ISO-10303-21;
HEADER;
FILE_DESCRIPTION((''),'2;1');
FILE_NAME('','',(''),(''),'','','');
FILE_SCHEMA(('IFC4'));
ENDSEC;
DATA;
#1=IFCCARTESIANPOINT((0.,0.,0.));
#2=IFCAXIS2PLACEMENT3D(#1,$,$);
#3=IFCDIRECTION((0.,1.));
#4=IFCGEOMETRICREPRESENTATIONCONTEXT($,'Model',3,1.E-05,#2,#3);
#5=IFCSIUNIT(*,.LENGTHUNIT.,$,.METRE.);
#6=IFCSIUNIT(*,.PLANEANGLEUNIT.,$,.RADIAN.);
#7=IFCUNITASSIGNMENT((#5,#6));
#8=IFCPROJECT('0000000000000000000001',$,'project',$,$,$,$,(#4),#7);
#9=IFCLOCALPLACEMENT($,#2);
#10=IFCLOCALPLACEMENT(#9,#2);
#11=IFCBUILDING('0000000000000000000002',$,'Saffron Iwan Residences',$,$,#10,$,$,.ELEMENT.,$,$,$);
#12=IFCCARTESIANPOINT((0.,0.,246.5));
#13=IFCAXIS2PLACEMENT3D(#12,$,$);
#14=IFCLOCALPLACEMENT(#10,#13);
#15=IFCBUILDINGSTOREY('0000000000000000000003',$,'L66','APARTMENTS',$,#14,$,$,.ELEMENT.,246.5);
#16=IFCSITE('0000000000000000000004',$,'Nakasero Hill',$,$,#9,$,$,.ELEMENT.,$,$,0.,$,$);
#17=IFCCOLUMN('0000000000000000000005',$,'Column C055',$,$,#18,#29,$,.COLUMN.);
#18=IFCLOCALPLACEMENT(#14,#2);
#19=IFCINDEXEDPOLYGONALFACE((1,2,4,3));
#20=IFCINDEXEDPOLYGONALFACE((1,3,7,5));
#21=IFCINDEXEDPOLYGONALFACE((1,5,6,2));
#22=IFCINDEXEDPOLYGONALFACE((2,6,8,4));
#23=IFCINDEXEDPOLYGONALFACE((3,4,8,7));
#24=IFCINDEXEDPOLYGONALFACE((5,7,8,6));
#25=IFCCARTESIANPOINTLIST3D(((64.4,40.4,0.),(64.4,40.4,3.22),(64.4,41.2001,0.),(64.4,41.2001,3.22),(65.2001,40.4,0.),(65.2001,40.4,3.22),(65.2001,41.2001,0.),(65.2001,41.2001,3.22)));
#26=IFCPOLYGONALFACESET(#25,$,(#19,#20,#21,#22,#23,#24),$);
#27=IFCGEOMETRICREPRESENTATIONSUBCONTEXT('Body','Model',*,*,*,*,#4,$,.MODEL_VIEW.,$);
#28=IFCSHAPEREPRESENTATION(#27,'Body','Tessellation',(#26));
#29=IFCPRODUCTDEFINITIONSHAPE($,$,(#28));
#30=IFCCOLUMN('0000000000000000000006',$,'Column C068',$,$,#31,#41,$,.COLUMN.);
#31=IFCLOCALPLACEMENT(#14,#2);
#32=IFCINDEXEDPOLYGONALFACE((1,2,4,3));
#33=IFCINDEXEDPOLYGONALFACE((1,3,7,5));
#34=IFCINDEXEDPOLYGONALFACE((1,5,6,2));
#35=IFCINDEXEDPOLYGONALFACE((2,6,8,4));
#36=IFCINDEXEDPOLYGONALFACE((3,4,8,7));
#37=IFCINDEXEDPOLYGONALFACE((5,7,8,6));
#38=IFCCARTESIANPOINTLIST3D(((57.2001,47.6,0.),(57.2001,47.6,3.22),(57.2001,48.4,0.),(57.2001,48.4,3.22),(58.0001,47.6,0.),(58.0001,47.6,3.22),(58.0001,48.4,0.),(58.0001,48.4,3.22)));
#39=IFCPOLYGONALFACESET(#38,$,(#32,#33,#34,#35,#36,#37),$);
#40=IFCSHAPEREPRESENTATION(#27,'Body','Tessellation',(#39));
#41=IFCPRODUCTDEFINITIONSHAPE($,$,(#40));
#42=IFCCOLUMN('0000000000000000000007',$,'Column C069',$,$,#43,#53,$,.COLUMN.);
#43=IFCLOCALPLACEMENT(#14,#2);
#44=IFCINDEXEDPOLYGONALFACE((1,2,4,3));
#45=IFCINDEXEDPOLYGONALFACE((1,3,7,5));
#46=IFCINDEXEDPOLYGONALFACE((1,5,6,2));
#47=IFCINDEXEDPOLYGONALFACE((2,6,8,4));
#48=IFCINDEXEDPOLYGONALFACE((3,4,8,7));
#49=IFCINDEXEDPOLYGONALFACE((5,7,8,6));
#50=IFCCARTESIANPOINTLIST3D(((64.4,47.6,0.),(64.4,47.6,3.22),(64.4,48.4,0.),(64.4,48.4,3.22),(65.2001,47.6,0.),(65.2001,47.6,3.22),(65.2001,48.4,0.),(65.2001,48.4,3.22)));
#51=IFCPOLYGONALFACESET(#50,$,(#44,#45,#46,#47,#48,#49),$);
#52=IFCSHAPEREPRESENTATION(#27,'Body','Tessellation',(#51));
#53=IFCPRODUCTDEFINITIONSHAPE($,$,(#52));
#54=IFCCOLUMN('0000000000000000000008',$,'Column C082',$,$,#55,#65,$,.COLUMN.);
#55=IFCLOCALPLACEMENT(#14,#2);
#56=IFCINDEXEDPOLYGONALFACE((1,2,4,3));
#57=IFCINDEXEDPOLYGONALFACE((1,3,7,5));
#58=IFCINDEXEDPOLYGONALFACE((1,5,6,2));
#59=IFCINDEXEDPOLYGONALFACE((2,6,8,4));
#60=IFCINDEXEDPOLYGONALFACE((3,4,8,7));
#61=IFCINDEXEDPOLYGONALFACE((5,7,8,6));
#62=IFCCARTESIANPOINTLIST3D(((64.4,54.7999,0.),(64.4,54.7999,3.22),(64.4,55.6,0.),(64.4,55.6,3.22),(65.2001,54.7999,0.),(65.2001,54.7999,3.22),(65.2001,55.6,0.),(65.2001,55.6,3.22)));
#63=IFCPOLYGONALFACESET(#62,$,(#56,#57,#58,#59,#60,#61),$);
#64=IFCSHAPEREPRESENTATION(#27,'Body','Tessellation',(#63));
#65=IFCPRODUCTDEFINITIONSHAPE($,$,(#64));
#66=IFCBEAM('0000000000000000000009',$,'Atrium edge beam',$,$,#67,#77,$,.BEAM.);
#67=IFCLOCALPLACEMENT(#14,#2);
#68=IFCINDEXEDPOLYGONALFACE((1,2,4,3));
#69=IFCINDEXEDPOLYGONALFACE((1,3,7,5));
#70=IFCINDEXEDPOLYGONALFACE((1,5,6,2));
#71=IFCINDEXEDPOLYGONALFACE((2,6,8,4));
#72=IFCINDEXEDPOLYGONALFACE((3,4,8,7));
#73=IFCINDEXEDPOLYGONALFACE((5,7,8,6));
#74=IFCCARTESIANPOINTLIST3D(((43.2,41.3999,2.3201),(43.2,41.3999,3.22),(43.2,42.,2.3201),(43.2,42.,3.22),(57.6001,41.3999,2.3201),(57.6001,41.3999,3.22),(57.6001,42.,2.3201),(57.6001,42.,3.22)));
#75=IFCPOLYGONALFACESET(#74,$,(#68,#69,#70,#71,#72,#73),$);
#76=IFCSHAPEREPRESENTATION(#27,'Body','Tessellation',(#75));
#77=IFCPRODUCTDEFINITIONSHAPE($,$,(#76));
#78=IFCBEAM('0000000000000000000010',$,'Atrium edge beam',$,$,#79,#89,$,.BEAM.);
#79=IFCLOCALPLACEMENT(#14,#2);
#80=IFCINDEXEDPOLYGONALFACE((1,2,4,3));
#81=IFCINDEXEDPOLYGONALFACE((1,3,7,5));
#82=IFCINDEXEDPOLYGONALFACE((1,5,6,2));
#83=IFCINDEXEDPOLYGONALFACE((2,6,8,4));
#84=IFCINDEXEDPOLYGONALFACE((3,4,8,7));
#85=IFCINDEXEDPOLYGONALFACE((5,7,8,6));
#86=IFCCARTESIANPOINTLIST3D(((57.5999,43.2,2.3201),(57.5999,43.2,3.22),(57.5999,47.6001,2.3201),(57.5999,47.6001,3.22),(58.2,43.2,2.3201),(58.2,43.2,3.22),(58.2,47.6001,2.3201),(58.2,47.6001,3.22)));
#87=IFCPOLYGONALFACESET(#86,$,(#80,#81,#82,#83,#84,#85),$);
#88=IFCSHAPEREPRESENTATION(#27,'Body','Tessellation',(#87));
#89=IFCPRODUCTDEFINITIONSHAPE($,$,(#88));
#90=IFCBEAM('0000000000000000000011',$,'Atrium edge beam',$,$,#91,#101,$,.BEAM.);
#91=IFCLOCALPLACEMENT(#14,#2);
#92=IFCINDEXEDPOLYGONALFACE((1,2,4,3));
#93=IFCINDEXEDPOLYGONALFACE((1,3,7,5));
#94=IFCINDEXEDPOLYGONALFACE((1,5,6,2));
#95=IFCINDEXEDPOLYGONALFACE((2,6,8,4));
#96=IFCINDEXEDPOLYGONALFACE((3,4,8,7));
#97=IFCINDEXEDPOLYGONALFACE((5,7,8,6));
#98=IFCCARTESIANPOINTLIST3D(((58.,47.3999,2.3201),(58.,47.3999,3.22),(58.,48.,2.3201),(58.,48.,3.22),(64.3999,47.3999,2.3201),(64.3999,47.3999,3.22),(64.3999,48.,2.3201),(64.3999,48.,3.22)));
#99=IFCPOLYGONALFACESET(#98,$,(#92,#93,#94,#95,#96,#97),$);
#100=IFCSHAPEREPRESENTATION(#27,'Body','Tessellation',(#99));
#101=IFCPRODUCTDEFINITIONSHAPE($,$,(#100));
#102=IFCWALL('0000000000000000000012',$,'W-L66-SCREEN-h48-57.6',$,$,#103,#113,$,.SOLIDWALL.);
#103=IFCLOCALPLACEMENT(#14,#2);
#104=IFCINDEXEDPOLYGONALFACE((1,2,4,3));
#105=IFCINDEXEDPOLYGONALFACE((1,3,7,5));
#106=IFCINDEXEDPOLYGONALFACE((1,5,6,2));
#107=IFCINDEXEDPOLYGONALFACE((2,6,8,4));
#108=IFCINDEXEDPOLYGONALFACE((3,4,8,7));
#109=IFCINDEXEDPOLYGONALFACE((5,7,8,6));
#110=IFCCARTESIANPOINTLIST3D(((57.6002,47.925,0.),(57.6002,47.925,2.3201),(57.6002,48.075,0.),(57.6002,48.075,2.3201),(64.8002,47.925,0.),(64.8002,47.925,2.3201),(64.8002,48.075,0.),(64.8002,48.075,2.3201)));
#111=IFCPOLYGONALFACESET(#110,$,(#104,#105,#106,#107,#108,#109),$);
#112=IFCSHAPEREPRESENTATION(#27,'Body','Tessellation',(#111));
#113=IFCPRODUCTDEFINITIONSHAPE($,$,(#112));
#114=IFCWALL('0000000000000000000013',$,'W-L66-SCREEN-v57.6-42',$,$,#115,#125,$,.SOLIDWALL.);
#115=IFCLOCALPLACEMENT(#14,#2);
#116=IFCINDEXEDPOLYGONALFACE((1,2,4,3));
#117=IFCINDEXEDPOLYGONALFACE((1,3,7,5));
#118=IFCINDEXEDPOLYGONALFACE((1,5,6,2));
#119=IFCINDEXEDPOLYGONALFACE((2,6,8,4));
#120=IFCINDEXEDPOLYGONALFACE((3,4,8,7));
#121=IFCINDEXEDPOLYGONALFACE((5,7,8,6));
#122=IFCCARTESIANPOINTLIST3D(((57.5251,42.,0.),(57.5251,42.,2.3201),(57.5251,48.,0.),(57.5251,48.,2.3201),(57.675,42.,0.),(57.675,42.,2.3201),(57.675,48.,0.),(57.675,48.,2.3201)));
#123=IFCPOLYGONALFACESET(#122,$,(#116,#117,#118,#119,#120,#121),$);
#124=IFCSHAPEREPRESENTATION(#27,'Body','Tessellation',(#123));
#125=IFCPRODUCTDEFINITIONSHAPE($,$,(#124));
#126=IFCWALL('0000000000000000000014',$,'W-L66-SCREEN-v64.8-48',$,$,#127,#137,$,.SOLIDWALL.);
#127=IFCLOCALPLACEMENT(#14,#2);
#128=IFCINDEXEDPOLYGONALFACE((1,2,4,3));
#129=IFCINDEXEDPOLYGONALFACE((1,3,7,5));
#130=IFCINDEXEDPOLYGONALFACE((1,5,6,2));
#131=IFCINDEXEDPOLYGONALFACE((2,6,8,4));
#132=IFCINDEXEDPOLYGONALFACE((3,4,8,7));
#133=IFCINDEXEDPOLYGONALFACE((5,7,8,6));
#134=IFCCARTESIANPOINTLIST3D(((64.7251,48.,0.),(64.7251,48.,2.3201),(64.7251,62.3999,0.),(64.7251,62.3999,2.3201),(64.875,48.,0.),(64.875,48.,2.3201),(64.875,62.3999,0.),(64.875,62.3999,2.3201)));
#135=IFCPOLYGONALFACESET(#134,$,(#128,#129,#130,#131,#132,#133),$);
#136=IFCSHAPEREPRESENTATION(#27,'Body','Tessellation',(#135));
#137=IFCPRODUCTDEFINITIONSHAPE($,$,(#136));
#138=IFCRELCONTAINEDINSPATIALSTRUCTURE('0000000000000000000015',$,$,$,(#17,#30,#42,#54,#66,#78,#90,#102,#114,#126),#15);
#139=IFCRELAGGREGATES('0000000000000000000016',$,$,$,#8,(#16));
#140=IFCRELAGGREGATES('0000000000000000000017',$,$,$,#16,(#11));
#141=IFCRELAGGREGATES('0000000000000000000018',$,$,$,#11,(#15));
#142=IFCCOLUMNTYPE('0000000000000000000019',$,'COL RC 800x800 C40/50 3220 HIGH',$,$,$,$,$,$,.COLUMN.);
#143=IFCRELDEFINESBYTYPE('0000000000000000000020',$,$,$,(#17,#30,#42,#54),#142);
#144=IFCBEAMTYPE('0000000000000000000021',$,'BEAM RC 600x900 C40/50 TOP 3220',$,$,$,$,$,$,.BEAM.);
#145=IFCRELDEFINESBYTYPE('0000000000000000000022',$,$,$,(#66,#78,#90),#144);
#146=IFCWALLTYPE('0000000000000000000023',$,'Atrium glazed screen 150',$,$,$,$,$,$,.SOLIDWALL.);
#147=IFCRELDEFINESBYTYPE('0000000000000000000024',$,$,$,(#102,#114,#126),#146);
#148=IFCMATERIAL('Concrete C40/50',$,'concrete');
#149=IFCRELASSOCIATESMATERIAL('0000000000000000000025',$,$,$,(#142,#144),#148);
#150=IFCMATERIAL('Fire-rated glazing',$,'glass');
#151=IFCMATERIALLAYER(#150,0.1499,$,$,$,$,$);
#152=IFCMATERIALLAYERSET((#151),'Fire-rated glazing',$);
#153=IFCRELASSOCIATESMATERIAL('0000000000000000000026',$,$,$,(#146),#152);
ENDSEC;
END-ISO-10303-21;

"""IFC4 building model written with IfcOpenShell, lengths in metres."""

from ifc_helpers import new_model, si_unit, direction, frame, frame_2d, origin, origin_2d, place, context, subcontext, project, spatial, rectangle, extrude, source, transform, mapped, material, layer, layer_set, material_profile, profile_set, type_object, element, save


model = new_model("IFC4")

# Units and contexts
model_context = context("Model", 3, precision=1e-05, world=origin(), true_north=direction((0.0, 1.0)))
body_context = subcontext(model_context, "Body", "Model", "MODEL_VIEW")
ifc_project = project(units=[si_unit("LENGTHUNIT", "METRE"), si_unit("PLANEANGLEUNIT", "RADIAN")], contexts=[model_context])

# Site, building, storey
site_placement = place(None, origin())
site = spatial("IfcSite", under=ifc_project, at=site_placement, Name="Nakasero Hill", CompositionType="ELEMENT", RefElevation=0.0)
building_placement = place(site_placement, origin())
building = spatial("IfcBuilding", under=site, at=building_placement, Name="Saffron Iwan Residences", CompositionType="ELEMENT")
storey_placement = place(building_placement, frame((0.0, 0.0, 246.5)))
storey = spatial("IfcBuildingStorey", under=building, at=storey_placement, Name="L66", Description="APARTMENTS", CompositionType="ELEMENT", Elevation=246.5)

# Columns
ifc_material_1 = material(Name="Concrete C40/50", Category="concrete")
ifc_material_profile_1 = material_profile(ifc_material_1, rectangle(XDim=0.8, YDim=0.8, at=origin_2d()), Name="RC 800x800")
ifc_profile_set_1 = profile_set([ifc_material_profile_1], Name="Concrete C40/50")
column_type = type_object("IfcColumnType", Name="COL RC 800x800 C40/50 3220 HIGH", PredefinedType="COLUMN", material=ifc_profile_set_1)
shared_shape_1 = source(origin(), body_context, "Body", "SweptSolid", [
    extrude(rectangle(XDim=0.8, YDim=0.8, at=origin_2d()), origin(), (0.0, 0.0, 1.0), 3.22),
])
for number, where, z_axis, x_axis, name in (
    (1, (64.8, 40.8, 0.0), (0.0, 0.0, 1.0), (1.0, 0.0, 0.0), "Column C055"),
    (2, (57.6001, 48.0, 0.0), (0.0, 0.0, 1.0), (1.0, 0.0, 0.0), "Column C068"),
    (3, (64.8, 48.0, 0.0), (0.0, 0.0, 1.0), (1.0, 0.0, 0.0), "Column C069"),
    (4, (64.8, 55.2, 0.0), (0.0, 0.0, 1.0), (1.0, 0.0, 0.0), "Column C082"),
):
    element("IfcColumn", number, at=place(storey_placement, frame(where, z_axis=z_axis, x_axis=x_axis)), inside=storey, type_object=column_type, Name=name, PredefinedType="COLUMN", context=body_context, shape_type="MappedRepresentation", body=[
        mapped(shared_shape_1, transform((0.0, 0.0, 0.0))),
    ])

# Beams
ifc_material_profile_2 = material_profile(ifc_material_1, rectangle(XDim=0.6001, YDim=0.8999, at=origin_2d()), Name="RC 600x900")
ifc_profile_set_2 = profile_set([ifc_material_profile_2], Name="Concrete C40/50")
beam_type = type_object("IfcBeamType", Name="BEAM RC 600x900 C40/50 TOP 3220", PredefinedType="BEAM", material=ifc_profile_set_2)
shared_shape_2 = source(origin(), body_context, "Body", "SweptSolid", [
    extrude(rectangle(XDim=0.6001, YDim=0.8999, at=origin_2d()), origin(), (0.0, 0.0, 1.0), 14.4001),
])
beam_1_placement = place(storey_placement, frame((57.6001, 41.7, 2.77), z_axis=(-1.0, 0.0, 0.0), x_axis=(0.0, -1.0, 0.0)))
element("IfcBeam", 5, at=beam_1_placement, inside=storey, type_object=beam_type, Name="Atrium edge beam", PredefinedType="BEAM", context=body_context, shape_type="MappedRepresentation", body=[
    mapped(shared_shape_2, transform((0.0, 0.0, 0.0))),
])
shared_shape_3 = source(origin(), body_context, "Body", "SweptSolid", [
    extrude(rectangle(XDim=0.6001, YDim=0.8999, at=origin_2d()), origin(), (0.0, 0.0, 1.0), 4.4001),
])
beam_2_placement = place(storey_placement, frame((57.8999, 47.6001, 2.77), z_axis=(0.0, -1.0, 0.0), x_axis=(1.0, 0.0, 0.0)))
element("IfcBeam", 6, at=beam_2_placement, inside=storey, type_object=beam_type, Name="Atrium edge beam", PredefinedType="BEAM", context=body_context, shape_type="MappedRepresentation", body=[
    mapped(shared_shape_3, transform((0.0, 0.0, 0.0))),
])
shared_shape_4 = source(origin(), body_context, "Body", "SweptSolid", [
    extrude(rectangle(XDim=0.6001, YDim=0.8999, at=origin_2d()), origin(), (0.0, 0.0, 1.0), 6.3999),
])
beam_3_placement = place(storey_placement, frame((64.3999, 47.7, 2.77), z_axis=(-1.0, 0.0, 0.0), x_axis=(0.0, -1.0, 0.0)))
element("IfcBeam", 7, at=beam_3_placement, inside=storey, type_object=beam_type, Name="Atrium edge beam", PredefinedType="BEAM", context=body_context, shape_type="MappedRepresentation", body=[
    mapped(shared_shape_4, transform((0.0, 0.0, 0.0))),
])

# Walls
ifc_material_2 = material(Name="Fire-rated glazing", Category="glass")
ifc_layer_1 = layer(ifc_material_2, 0.1499)
ifc_layer_set_1 = layer_set([ifc_layer_1], Name="Fire-rated glazing")
wall_type_1 = type_object("IfcWallType", Name="Atrium glazed screen 150", PredefinedType="SOLIDWALL", material=ifc_layer_set_1)
wall_1_placement = place(storey_placement, frame((57.6001, 48.0, 0.0), z_axis=(0.0, 0.0, 1.0), x_axis=(1.0, 0.0, 0.0)))
element("IfcWall", 8, at=wall_1_placement, inside=storey, type_object=wall_type_1, Name="W-L66-SCREEN-h48-57.6", PredefinedType="SOLIDWALL", context=body_context, shape_type="SweptSolid", body=[
    extrude(rectangle(XDim=7.2, YDim=0.1499, at=frame_2d((3.6001, 0.0))), origin(), (0.0, 0.0, 1.0), 2.3201),
])
wall_2_placement = place(storey_placement, frame((57.6001, 42.0, 0.0), z_axis=(0.0, 0.0, 1.0), x_axis=(0.0, 1.0, 0.0)))
element("IfcWall", 9, at=wall_2_placement, inside=storey, type_object=wall_type_1, Name="W-L66-SCREEN-v57.6-42", PredefinedType="SOLIDWALL", context=body_context, shape_type="SweptSolid", body=[
    extrude(rectangle(XDim=6.0, YDim=0.1499, at=frame_2d((3.0, 0.0))), origin(), (0.0, 0.0, 1.0), 2.3201),
])
wall_3_placement = place(storey_placement, frame((64.8, 48.0, 0.0), z_axis=(0.0, 0.0, 1.0), x_axis=(0.0, 1.0, 0.0)))
element("IfcWall", 10, at=wall_3_placement, inside=storey, type_object=wall_type_1, Name="W-L66-SCREEN-v64.8-48", PredefinedType="SOLIDWALL", context=body_context, shape_type="SweptSolid", body=[
    extrude(rectangle(XDim=14.3999, YDim=0.1499, at=frame_2d((7.2, 0.0))), origin(), (0.0, 0.0, 1.0), 2.3201),
])

save(model, "model.ifc")
